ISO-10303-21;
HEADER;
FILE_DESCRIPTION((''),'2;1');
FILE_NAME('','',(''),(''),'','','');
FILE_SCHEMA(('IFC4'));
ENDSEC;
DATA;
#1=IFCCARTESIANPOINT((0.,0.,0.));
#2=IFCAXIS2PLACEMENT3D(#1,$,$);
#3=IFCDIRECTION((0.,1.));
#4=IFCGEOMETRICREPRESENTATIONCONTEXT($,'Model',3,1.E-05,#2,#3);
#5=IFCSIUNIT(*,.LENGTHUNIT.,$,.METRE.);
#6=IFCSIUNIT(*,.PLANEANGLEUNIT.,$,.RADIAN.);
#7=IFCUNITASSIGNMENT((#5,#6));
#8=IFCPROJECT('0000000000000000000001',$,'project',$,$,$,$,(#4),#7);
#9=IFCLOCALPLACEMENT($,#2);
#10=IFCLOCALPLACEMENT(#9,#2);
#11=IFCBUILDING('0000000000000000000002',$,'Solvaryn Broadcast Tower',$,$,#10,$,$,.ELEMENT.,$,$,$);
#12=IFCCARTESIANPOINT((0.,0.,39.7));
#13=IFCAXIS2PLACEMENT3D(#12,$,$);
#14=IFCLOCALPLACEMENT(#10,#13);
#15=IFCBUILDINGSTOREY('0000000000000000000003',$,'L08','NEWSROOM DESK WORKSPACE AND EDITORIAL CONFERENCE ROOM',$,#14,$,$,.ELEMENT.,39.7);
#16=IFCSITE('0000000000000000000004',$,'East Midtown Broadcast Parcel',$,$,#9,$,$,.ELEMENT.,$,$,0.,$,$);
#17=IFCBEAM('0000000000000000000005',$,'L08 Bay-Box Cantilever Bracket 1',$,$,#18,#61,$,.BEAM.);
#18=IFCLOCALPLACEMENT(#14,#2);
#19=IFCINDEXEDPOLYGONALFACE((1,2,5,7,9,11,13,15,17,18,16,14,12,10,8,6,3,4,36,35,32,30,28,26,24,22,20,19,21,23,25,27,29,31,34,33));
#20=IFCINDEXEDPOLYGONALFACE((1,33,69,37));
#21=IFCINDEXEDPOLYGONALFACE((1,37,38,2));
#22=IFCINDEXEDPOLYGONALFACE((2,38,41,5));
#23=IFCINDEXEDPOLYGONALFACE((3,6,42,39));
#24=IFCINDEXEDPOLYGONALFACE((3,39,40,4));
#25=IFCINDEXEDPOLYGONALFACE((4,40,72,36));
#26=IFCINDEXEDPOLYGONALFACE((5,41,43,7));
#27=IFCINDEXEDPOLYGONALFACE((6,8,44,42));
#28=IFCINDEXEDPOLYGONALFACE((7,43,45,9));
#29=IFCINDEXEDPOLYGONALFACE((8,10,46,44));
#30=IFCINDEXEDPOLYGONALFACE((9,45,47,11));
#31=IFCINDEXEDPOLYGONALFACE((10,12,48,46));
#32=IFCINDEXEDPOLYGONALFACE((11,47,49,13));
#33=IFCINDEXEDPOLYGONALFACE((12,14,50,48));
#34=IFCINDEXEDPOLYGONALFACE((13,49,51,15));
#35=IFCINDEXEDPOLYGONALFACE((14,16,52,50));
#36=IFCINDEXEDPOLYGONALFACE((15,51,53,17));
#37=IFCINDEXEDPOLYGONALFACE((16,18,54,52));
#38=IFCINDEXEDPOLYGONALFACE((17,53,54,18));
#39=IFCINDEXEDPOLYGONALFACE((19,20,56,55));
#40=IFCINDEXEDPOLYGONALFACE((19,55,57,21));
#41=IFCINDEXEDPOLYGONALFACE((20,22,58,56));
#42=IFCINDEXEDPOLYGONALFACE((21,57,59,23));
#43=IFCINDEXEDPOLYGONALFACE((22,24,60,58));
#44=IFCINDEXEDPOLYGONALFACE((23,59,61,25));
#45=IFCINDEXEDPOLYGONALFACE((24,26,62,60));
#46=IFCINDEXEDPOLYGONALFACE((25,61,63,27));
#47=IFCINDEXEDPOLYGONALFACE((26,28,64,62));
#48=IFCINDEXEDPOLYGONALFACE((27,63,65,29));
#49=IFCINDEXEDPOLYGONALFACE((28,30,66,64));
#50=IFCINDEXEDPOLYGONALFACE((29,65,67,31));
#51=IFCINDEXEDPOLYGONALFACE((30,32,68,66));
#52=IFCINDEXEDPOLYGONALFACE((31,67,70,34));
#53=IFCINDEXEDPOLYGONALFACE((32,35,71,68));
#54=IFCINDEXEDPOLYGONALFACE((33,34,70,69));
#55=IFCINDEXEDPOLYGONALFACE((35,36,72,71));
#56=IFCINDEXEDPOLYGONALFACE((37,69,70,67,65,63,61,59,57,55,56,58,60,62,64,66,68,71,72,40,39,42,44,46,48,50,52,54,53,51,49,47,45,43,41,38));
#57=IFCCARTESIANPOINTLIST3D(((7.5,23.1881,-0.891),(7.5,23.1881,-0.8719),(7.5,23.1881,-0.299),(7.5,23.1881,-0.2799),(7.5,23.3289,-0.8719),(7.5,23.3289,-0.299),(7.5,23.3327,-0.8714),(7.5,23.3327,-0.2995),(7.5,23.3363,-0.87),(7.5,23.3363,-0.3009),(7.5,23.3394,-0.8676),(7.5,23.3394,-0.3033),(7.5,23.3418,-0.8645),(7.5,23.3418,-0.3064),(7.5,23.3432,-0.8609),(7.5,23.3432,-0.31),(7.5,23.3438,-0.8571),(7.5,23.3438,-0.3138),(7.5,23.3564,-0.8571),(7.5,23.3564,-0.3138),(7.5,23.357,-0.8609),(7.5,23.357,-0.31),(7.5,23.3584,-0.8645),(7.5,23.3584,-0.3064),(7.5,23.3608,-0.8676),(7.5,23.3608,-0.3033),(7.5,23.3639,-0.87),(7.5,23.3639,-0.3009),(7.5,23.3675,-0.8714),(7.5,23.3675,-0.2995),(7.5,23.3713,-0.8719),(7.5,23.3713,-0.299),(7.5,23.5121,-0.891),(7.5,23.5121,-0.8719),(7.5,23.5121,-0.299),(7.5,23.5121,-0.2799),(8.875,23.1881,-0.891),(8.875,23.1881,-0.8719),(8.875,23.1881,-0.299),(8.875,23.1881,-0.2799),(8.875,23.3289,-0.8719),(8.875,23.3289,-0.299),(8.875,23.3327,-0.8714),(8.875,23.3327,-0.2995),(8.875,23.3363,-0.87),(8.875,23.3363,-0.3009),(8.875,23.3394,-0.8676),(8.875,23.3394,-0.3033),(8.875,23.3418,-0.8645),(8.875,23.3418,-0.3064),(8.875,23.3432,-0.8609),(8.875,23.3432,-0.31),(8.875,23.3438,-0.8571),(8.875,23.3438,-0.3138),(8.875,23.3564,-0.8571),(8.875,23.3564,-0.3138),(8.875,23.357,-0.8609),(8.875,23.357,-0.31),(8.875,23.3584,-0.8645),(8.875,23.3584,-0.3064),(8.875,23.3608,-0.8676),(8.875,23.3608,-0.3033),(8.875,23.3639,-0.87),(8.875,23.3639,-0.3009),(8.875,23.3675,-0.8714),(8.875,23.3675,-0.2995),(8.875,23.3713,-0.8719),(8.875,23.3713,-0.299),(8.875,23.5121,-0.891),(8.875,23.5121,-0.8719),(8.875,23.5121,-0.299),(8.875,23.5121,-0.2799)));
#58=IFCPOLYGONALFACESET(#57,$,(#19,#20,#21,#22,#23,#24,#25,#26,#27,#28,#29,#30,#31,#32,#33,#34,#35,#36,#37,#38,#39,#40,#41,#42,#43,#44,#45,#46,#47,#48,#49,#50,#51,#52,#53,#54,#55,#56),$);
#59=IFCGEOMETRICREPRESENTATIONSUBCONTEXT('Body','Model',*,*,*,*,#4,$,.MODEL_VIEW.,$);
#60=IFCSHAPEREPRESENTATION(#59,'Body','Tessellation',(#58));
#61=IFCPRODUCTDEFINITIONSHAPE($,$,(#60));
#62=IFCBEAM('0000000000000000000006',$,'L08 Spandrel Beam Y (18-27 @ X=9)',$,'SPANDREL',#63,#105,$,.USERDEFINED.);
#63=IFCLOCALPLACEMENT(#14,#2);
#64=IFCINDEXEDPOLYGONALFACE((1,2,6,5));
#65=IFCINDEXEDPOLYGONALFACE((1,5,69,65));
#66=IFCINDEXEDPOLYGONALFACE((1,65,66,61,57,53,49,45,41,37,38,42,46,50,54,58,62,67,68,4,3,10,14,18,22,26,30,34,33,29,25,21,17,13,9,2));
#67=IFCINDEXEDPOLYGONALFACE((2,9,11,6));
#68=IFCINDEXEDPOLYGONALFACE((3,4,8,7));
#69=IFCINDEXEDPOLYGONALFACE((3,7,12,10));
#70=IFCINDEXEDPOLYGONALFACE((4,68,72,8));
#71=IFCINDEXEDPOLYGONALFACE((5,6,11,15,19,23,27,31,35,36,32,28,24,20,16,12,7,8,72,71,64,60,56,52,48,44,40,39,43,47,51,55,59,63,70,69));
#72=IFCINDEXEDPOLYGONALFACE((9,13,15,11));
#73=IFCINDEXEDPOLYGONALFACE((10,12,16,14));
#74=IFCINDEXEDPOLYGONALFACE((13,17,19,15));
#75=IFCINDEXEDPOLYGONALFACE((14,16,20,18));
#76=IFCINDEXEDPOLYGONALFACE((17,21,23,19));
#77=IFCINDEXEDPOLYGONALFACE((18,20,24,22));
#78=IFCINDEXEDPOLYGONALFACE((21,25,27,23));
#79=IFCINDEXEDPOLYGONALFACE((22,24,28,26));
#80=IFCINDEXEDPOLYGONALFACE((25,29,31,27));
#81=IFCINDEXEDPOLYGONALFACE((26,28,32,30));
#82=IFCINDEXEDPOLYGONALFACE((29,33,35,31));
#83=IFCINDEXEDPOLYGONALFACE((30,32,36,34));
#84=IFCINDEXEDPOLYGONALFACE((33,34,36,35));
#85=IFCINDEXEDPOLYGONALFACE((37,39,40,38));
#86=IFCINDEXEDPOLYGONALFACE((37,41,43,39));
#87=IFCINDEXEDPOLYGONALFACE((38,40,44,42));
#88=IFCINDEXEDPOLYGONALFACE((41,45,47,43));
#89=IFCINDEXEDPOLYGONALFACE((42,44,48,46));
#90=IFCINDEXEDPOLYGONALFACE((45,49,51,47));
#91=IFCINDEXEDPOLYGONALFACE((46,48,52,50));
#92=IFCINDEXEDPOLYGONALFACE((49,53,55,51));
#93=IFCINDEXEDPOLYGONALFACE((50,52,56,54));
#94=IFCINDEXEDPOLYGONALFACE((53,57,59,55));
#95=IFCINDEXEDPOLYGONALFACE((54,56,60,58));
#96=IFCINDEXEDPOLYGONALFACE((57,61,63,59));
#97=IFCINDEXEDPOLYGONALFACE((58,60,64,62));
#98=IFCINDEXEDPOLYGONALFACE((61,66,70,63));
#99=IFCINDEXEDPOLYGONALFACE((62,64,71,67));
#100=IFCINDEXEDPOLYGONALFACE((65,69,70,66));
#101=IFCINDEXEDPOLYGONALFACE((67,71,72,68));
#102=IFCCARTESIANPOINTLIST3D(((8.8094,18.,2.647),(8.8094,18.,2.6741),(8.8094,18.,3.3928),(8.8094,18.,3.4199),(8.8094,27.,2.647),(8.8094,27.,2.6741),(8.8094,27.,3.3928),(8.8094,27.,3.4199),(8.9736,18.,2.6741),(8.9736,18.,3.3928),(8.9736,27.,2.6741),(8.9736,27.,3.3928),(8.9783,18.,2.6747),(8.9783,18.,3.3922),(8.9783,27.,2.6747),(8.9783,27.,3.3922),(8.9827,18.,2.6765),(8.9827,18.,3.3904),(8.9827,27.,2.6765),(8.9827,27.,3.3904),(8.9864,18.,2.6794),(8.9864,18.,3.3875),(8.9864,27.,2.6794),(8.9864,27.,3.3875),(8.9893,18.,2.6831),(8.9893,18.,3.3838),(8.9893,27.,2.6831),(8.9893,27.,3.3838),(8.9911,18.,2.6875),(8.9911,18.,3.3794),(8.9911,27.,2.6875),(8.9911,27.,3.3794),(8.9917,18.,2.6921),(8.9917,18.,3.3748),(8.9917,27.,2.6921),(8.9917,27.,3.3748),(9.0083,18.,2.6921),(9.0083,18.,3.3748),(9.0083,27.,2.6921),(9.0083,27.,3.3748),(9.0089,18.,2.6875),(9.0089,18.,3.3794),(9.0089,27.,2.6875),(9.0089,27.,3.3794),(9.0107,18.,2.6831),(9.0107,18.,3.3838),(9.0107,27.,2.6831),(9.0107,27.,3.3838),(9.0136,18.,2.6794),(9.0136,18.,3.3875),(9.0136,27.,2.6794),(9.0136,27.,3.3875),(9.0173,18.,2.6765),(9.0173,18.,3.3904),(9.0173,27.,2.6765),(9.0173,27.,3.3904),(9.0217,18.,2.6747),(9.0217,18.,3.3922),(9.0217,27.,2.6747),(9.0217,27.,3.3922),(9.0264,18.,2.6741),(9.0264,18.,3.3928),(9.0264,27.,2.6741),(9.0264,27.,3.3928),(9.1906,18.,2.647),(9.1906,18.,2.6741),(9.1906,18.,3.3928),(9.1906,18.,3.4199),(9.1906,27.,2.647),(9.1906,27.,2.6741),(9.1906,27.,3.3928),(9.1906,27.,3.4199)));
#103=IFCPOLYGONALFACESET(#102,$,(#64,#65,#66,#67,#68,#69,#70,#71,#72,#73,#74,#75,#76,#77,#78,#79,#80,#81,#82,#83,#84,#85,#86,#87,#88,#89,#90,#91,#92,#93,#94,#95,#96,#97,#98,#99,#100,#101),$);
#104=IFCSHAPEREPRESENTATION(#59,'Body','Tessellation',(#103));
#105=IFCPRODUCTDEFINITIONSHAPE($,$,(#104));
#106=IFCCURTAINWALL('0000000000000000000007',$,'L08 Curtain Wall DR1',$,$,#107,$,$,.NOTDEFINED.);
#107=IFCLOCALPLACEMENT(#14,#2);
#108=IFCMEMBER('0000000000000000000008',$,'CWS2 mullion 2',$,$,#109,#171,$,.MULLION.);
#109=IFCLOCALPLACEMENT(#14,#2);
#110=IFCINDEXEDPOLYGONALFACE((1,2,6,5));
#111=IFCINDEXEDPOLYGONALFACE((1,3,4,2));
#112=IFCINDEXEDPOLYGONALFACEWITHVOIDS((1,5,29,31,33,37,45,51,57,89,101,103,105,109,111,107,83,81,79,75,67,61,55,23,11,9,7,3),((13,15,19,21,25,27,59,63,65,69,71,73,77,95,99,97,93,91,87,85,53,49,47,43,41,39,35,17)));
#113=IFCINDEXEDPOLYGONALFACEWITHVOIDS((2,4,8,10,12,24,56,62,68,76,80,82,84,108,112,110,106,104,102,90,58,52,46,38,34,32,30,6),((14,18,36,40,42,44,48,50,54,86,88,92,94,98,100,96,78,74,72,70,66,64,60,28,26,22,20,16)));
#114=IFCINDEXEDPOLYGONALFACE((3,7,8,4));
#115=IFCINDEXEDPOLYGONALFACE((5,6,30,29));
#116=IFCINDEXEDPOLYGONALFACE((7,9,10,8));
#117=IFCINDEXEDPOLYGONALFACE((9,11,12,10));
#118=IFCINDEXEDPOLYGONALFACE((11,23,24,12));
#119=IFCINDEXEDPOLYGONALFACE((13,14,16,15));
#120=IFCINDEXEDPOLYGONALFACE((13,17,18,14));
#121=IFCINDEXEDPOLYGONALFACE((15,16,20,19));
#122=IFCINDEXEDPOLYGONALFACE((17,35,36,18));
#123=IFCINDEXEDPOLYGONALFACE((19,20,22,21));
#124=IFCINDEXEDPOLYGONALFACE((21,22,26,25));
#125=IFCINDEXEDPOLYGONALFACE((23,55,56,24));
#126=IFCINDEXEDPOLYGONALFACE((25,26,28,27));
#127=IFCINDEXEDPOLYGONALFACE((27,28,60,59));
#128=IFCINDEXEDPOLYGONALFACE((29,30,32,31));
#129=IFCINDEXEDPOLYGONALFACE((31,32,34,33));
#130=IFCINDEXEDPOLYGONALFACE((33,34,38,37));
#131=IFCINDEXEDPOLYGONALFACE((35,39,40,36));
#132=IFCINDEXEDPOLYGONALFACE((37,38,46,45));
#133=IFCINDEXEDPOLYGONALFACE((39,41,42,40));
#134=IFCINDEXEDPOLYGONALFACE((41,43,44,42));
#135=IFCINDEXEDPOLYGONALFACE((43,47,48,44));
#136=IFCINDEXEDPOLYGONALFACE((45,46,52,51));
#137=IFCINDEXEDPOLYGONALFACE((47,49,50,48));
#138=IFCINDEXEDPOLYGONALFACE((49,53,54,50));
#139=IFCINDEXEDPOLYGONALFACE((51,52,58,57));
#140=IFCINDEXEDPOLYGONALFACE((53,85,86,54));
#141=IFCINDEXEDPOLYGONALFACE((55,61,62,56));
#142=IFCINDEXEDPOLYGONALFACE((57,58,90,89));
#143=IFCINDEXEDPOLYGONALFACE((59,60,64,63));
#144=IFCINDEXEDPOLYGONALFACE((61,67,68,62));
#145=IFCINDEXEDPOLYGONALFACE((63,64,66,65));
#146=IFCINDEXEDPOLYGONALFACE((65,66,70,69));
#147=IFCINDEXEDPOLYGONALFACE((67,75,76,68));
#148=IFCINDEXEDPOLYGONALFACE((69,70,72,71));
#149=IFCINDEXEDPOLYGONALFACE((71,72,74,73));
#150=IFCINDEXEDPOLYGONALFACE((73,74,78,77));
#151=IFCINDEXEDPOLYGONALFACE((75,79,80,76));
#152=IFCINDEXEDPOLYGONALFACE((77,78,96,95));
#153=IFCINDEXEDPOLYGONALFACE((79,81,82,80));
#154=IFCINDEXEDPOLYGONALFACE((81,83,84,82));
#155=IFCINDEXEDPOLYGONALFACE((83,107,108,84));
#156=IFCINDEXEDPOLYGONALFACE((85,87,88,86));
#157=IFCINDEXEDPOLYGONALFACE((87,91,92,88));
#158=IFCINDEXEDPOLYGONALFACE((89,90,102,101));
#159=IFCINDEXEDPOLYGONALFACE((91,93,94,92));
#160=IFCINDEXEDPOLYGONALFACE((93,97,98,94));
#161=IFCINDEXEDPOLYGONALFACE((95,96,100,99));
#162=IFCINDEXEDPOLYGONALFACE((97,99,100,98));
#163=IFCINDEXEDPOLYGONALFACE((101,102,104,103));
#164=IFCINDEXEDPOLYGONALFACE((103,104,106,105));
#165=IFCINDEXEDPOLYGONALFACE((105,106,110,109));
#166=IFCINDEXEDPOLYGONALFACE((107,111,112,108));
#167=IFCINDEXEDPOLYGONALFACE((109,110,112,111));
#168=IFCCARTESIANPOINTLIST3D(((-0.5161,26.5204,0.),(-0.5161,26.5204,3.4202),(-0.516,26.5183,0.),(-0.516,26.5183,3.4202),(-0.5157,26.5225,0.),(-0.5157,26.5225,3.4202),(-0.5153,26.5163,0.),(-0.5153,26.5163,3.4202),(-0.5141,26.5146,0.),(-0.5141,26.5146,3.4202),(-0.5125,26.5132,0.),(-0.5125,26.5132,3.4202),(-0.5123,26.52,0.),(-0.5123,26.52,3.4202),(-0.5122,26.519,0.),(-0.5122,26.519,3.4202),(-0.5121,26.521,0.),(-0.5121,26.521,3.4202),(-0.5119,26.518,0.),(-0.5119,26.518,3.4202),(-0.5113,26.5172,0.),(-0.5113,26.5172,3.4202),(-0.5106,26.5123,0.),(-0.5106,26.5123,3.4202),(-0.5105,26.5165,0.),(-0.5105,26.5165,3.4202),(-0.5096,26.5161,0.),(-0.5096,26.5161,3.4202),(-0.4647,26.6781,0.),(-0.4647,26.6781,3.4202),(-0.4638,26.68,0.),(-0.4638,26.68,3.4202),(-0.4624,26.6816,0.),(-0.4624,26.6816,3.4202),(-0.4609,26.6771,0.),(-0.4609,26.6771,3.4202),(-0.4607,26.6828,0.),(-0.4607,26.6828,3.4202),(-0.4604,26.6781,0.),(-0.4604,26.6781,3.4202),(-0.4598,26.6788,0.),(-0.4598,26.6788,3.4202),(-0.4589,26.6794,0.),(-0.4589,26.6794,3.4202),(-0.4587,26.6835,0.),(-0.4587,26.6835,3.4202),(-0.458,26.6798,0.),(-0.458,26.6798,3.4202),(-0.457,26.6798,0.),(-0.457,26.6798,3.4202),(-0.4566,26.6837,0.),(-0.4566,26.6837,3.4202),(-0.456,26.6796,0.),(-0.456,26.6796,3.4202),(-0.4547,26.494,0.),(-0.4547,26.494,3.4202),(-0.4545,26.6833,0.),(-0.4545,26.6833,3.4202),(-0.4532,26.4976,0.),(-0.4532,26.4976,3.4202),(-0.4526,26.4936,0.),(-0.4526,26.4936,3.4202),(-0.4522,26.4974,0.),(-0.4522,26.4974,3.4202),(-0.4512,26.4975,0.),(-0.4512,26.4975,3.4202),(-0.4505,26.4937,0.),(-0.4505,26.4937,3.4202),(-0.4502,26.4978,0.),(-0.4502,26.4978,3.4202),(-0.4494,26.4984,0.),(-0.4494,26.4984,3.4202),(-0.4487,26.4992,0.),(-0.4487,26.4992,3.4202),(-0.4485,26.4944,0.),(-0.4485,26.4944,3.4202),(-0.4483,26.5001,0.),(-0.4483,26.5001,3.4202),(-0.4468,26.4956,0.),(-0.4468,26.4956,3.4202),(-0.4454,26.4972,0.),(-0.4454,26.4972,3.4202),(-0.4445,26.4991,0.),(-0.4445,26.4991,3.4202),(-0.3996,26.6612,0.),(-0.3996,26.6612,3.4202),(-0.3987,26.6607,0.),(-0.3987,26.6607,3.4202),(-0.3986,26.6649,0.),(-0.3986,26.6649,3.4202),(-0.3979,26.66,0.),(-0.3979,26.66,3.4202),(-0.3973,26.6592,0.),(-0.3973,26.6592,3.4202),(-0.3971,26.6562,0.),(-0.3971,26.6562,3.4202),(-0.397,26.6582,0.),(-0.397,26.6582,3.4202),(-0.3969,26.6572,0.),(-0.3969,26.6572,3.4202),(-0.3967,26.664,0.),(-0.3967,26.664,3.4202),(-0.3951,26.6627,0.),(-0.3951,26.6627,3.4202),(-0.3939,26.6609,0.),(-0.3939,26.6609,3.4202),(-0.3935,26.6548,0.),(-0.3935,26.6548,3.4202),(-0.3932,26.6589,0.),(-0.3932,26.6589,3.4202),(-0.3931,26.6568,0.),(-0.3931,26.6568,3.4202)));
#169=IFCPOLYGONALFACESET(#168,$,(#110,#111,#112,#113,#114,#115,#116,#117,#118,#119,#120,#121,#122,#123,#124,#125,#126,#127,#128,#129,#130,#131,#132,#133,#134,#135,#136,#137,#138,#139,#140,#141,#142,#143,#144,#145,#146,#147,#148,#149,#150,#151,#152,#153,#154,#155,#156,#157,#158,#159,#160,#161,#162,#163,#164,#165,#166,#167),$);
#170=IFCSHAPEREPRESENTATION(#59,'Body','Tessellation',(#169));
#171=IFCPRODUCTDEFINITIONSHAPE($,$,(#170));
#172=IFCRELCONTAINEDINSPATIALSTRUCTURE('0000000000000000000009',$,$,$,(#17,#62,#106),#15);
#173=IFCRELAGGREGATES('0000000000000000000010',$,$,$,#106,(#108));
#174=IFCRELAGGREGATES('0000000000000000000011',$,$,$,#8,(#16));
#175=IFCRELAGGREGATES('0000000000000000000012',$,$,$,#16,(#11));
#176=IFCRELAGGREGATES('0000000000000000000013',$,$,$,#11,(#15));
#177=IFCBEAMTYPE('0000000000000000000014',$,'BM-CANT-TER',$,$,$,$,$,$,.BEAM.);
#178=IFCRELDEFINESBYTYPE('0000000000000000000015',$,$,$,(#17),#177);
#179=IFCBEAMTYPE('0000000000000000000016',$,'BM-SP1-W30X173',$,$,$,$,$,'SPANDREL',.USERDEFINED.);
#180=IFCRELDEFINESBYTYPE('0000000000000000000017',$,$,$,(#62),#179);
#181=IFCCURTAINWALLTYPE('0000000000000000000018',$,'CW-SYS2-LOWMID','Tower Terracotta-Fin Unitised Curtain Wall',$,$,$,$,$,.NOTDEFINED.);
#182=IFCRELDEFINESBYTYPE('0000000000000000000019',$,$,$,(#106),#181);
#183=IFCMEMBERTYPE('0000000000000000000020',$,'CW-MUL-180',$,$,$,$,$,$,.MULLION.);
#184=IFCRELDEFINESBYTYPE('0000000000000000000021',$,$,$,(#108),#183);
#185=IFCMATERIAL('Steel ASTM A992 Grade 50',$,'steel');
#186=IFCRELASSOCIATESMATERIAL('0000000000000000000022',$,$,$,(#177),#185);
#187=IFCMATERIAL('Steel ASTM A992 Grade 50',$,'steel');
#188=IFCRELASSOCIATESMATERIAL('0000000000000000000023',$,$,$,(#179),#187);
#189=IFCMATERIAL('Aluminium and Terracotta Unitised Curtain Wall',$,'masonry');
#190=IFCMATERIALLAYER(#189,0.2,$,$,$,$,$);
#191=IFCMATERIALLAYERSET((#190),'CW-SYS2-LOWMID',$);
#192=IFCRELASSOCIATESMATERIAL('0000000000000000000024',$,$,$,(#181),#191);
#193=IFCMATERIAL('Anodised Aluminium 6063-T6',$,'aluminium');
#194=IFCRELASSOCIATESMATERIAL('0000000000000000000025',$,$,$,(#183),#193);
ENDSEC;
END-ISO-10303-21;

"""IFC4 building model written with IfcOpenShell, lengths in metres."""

from ifc_helpers import new_model, si_unit, direction, frame, origin, origin_2d, place, context, subcontext, project, spatial, hollow_rectangle, i_section, extrude, material, layer, layer_set, material_profile, profile_set, type_object, element, aggregate, save


model = new_model("IFC4")

# Units and contexts
model_context = context("Model", 3, precision=1e-05, world=origin(), true_north=direction((0.0, 1.0)))
body_context = subcontext(model_context, "Body", "Model", "MODEL_VIEW")
ifc_project = project(units=[si_unit("LENGTHUNIT", "METRE"), si_unit("PLANEANGLEUNIT", "RADIAN")], contexts=[model_context])

# Site, building, storey
site_placement = place(None, origin())
site = spatial("IfcSite", under=ifc_project, at=site_placement, Name="East Midtown Broadcast Parcel", CompositionType="ELEMENT", RefElevation=0.0)
building_placement = place(site_placement, origin())
building = spatial("IfcBuilding", under=site, at=building_placement, Name="Solvaryn Broadcast Tower", CompositionType="ELEMENT")
storey_placement = place(building_placement, frame((0.0, 0.0, 39.7)))
storey = spatial("IfcBuildingStorey", under=building, at=storey_placement, Name="L08", Description="NEWSROOM DESK WORKSPACE AND EDITORIAL CONFERENCE ROOM", CompositionType="ELEMENT", Elevation=39.7)

# Beams
ifc_material_1 = material(Name="Steel ASTM A992 Grade 50", Category="steel")
ifc_material_profile_1 = material_profile(ifc_material_1, i_section(OverallWidth=0.324, OverallDepth=0.6111, WebThickness=0.0127, FlangeThickness=0.019, FilletRadius=0.0149, at=origin_2d()))
ifc_profile_set_1 = profile_set([ifc_material_profile_1], Name="Steel ASTM A992 Grade 50")
beam_type_1 = type_object("IfcBeamType", Name="BM-CANT-TER", PredefinedType="BEAM", material=ifc_profile_set_1)
beam_1_placement = place(storey_placement, frame((8.875, 23.3501, -0.5854), z_axis=(-1.0, 0.0, 0.0), x_axis=(0.0, -1.0, 0.0)))
element("IfcBeam", 1, at=beam_1_placement, inside=storey, type_object=beam_type_1, Name="L08 Bay-Box Cantilever Bracket 1", PredefinedType="BEAM", context=body_context, shape_type="SweptSolid", body=[
    extrude(i_section(OverallWidth=0.324, OverallDepth=0.6111, WebThickness=0.0127, FlangeThickness=0.019, FilletRadius=0.0149, at=origin_2d()), origin(), (0.0, 0.0, 1.0), 1.375),
])
ifc_material_2 = material(Name="Steel ASTM A992 Grade 50", Category="steel")
ifc_material_profile_2 = material_profile(ifc_material_2, i_section(OverallWidth=0.3811, OverallDepth=0.7729, WebThickness=0.0166, FlangeThickness=0.0271, FilletRadius=0.0181, at=origin_2d()))
ifc_profile_set_2 = profile_set([ifc_material_profile_2], Name="Steel ASTM A992 Grade 50")
beam_type_2 = type_object("IfcBeamType", Name="BM-SP1-W30X173", ElementType="SPANDREL", PredefinedType="USERDEFINED", material=ifc_profile_set_2)
beam_2_placement = place(storey_placement, frame((9.0, 18.0, 3.0334), z_axis=(0.0, 1.0, 0.0), x_axis=(-1.0, 0.0, 0.0)))
element("IfcBeam", 2, at=beam_2_placement, inside=storey, type_object=beam_type_2, Name="L08 Spandrel Beam Y (18-27 @ X=9)", ObjectType="SPANDREL", PredefinedType="USERDEFINED", context=body_context, shape_type="SweptSolid", body=[
    extrude(i_section(OverallWidth=0.3811, OverallDepth=0.7729, WebThickness=0.0166, FlangeThickness=0.0271, FilletRadius=0.0181, at=origin_2d()), origin(), (0.0, 0.0, 1.0), 9.0),
])

# Curtain wall, member
ifc_material_3 = material(Name="Aluminium and Terracotta Unitised Curtain Wall", Category="masonry")
ifc_layer_1 = layer(ifc_material_3, 0.2)
ifc_layer_set_1 = layer_set([ifc_layer_1], Name="CW-SYS2-LOWMID")
curtain_wall_type = type_object("IfcCurtainWallType", Name="CW-SYS2-LOWMID", Description="Tower Terracotta-Fin Unitised Curtain Wall", PredefinedType="NOTDEFINED", material=ifc_layer_set_1)
curtain_wall_1_placement = place(storey_placement, origin())
curtain_wall_1 = element("IfcCurtainWall", 3, at=curtain_wall_1_placement, inside=storey, type_object=curtain_wall_type, Name="L08 Curtain Wall DR1", PredefinedType="NOTDEFINED")
ifc_material_4 = material(Name="Anodised Aluminium 6063-T6", Category="aluminium")
ifc_material_profile_3 = material_profile(ifc_material_4, hollow_rectangle(XDim=0.075, YDim=0.1799, WallThickness=0.0039, InnerFilletRadius=0.0039, OuterFilletRadius=0.0081, at=origin_2d()))
ifc_profile_set_3 = profile_set([ifc_material_profile_3], Name="Anodised Aluminium 6063-T6")
member_type_1 = type_object("IfcMemberType", Name="CW-MUL-180", PredefinedType="MULLION", material=ifc_profile_set_3)
member_1_placement = place(storey_placement, frame((-0.4546, 26.5886, 0.0), z_axis=(0.0, 0.0, 1.0), x_axis=(0.950215, -0.311594, 0.0)))
member_1 = element("IfcMember", 4, at=member_1_placement, type_object=member_type_1, Name="CWS2 mullion 2", PredefinedType="MULLION", context=body_context, shape_type="SweptSolid", body=[
    extrude(hollow_rectangle(XDim=0.075, YDim=0.1799, WallThickness=0.0039, InnerFilletRadius=0.0039, OuterFilletRadius=0.0081, at=origin_2d()), origin(), (0.0, 0.0, 1.0), 3.4202),
])
aggregate(curtain_wall_1, [member_1])

save(model, "model.ifc")
